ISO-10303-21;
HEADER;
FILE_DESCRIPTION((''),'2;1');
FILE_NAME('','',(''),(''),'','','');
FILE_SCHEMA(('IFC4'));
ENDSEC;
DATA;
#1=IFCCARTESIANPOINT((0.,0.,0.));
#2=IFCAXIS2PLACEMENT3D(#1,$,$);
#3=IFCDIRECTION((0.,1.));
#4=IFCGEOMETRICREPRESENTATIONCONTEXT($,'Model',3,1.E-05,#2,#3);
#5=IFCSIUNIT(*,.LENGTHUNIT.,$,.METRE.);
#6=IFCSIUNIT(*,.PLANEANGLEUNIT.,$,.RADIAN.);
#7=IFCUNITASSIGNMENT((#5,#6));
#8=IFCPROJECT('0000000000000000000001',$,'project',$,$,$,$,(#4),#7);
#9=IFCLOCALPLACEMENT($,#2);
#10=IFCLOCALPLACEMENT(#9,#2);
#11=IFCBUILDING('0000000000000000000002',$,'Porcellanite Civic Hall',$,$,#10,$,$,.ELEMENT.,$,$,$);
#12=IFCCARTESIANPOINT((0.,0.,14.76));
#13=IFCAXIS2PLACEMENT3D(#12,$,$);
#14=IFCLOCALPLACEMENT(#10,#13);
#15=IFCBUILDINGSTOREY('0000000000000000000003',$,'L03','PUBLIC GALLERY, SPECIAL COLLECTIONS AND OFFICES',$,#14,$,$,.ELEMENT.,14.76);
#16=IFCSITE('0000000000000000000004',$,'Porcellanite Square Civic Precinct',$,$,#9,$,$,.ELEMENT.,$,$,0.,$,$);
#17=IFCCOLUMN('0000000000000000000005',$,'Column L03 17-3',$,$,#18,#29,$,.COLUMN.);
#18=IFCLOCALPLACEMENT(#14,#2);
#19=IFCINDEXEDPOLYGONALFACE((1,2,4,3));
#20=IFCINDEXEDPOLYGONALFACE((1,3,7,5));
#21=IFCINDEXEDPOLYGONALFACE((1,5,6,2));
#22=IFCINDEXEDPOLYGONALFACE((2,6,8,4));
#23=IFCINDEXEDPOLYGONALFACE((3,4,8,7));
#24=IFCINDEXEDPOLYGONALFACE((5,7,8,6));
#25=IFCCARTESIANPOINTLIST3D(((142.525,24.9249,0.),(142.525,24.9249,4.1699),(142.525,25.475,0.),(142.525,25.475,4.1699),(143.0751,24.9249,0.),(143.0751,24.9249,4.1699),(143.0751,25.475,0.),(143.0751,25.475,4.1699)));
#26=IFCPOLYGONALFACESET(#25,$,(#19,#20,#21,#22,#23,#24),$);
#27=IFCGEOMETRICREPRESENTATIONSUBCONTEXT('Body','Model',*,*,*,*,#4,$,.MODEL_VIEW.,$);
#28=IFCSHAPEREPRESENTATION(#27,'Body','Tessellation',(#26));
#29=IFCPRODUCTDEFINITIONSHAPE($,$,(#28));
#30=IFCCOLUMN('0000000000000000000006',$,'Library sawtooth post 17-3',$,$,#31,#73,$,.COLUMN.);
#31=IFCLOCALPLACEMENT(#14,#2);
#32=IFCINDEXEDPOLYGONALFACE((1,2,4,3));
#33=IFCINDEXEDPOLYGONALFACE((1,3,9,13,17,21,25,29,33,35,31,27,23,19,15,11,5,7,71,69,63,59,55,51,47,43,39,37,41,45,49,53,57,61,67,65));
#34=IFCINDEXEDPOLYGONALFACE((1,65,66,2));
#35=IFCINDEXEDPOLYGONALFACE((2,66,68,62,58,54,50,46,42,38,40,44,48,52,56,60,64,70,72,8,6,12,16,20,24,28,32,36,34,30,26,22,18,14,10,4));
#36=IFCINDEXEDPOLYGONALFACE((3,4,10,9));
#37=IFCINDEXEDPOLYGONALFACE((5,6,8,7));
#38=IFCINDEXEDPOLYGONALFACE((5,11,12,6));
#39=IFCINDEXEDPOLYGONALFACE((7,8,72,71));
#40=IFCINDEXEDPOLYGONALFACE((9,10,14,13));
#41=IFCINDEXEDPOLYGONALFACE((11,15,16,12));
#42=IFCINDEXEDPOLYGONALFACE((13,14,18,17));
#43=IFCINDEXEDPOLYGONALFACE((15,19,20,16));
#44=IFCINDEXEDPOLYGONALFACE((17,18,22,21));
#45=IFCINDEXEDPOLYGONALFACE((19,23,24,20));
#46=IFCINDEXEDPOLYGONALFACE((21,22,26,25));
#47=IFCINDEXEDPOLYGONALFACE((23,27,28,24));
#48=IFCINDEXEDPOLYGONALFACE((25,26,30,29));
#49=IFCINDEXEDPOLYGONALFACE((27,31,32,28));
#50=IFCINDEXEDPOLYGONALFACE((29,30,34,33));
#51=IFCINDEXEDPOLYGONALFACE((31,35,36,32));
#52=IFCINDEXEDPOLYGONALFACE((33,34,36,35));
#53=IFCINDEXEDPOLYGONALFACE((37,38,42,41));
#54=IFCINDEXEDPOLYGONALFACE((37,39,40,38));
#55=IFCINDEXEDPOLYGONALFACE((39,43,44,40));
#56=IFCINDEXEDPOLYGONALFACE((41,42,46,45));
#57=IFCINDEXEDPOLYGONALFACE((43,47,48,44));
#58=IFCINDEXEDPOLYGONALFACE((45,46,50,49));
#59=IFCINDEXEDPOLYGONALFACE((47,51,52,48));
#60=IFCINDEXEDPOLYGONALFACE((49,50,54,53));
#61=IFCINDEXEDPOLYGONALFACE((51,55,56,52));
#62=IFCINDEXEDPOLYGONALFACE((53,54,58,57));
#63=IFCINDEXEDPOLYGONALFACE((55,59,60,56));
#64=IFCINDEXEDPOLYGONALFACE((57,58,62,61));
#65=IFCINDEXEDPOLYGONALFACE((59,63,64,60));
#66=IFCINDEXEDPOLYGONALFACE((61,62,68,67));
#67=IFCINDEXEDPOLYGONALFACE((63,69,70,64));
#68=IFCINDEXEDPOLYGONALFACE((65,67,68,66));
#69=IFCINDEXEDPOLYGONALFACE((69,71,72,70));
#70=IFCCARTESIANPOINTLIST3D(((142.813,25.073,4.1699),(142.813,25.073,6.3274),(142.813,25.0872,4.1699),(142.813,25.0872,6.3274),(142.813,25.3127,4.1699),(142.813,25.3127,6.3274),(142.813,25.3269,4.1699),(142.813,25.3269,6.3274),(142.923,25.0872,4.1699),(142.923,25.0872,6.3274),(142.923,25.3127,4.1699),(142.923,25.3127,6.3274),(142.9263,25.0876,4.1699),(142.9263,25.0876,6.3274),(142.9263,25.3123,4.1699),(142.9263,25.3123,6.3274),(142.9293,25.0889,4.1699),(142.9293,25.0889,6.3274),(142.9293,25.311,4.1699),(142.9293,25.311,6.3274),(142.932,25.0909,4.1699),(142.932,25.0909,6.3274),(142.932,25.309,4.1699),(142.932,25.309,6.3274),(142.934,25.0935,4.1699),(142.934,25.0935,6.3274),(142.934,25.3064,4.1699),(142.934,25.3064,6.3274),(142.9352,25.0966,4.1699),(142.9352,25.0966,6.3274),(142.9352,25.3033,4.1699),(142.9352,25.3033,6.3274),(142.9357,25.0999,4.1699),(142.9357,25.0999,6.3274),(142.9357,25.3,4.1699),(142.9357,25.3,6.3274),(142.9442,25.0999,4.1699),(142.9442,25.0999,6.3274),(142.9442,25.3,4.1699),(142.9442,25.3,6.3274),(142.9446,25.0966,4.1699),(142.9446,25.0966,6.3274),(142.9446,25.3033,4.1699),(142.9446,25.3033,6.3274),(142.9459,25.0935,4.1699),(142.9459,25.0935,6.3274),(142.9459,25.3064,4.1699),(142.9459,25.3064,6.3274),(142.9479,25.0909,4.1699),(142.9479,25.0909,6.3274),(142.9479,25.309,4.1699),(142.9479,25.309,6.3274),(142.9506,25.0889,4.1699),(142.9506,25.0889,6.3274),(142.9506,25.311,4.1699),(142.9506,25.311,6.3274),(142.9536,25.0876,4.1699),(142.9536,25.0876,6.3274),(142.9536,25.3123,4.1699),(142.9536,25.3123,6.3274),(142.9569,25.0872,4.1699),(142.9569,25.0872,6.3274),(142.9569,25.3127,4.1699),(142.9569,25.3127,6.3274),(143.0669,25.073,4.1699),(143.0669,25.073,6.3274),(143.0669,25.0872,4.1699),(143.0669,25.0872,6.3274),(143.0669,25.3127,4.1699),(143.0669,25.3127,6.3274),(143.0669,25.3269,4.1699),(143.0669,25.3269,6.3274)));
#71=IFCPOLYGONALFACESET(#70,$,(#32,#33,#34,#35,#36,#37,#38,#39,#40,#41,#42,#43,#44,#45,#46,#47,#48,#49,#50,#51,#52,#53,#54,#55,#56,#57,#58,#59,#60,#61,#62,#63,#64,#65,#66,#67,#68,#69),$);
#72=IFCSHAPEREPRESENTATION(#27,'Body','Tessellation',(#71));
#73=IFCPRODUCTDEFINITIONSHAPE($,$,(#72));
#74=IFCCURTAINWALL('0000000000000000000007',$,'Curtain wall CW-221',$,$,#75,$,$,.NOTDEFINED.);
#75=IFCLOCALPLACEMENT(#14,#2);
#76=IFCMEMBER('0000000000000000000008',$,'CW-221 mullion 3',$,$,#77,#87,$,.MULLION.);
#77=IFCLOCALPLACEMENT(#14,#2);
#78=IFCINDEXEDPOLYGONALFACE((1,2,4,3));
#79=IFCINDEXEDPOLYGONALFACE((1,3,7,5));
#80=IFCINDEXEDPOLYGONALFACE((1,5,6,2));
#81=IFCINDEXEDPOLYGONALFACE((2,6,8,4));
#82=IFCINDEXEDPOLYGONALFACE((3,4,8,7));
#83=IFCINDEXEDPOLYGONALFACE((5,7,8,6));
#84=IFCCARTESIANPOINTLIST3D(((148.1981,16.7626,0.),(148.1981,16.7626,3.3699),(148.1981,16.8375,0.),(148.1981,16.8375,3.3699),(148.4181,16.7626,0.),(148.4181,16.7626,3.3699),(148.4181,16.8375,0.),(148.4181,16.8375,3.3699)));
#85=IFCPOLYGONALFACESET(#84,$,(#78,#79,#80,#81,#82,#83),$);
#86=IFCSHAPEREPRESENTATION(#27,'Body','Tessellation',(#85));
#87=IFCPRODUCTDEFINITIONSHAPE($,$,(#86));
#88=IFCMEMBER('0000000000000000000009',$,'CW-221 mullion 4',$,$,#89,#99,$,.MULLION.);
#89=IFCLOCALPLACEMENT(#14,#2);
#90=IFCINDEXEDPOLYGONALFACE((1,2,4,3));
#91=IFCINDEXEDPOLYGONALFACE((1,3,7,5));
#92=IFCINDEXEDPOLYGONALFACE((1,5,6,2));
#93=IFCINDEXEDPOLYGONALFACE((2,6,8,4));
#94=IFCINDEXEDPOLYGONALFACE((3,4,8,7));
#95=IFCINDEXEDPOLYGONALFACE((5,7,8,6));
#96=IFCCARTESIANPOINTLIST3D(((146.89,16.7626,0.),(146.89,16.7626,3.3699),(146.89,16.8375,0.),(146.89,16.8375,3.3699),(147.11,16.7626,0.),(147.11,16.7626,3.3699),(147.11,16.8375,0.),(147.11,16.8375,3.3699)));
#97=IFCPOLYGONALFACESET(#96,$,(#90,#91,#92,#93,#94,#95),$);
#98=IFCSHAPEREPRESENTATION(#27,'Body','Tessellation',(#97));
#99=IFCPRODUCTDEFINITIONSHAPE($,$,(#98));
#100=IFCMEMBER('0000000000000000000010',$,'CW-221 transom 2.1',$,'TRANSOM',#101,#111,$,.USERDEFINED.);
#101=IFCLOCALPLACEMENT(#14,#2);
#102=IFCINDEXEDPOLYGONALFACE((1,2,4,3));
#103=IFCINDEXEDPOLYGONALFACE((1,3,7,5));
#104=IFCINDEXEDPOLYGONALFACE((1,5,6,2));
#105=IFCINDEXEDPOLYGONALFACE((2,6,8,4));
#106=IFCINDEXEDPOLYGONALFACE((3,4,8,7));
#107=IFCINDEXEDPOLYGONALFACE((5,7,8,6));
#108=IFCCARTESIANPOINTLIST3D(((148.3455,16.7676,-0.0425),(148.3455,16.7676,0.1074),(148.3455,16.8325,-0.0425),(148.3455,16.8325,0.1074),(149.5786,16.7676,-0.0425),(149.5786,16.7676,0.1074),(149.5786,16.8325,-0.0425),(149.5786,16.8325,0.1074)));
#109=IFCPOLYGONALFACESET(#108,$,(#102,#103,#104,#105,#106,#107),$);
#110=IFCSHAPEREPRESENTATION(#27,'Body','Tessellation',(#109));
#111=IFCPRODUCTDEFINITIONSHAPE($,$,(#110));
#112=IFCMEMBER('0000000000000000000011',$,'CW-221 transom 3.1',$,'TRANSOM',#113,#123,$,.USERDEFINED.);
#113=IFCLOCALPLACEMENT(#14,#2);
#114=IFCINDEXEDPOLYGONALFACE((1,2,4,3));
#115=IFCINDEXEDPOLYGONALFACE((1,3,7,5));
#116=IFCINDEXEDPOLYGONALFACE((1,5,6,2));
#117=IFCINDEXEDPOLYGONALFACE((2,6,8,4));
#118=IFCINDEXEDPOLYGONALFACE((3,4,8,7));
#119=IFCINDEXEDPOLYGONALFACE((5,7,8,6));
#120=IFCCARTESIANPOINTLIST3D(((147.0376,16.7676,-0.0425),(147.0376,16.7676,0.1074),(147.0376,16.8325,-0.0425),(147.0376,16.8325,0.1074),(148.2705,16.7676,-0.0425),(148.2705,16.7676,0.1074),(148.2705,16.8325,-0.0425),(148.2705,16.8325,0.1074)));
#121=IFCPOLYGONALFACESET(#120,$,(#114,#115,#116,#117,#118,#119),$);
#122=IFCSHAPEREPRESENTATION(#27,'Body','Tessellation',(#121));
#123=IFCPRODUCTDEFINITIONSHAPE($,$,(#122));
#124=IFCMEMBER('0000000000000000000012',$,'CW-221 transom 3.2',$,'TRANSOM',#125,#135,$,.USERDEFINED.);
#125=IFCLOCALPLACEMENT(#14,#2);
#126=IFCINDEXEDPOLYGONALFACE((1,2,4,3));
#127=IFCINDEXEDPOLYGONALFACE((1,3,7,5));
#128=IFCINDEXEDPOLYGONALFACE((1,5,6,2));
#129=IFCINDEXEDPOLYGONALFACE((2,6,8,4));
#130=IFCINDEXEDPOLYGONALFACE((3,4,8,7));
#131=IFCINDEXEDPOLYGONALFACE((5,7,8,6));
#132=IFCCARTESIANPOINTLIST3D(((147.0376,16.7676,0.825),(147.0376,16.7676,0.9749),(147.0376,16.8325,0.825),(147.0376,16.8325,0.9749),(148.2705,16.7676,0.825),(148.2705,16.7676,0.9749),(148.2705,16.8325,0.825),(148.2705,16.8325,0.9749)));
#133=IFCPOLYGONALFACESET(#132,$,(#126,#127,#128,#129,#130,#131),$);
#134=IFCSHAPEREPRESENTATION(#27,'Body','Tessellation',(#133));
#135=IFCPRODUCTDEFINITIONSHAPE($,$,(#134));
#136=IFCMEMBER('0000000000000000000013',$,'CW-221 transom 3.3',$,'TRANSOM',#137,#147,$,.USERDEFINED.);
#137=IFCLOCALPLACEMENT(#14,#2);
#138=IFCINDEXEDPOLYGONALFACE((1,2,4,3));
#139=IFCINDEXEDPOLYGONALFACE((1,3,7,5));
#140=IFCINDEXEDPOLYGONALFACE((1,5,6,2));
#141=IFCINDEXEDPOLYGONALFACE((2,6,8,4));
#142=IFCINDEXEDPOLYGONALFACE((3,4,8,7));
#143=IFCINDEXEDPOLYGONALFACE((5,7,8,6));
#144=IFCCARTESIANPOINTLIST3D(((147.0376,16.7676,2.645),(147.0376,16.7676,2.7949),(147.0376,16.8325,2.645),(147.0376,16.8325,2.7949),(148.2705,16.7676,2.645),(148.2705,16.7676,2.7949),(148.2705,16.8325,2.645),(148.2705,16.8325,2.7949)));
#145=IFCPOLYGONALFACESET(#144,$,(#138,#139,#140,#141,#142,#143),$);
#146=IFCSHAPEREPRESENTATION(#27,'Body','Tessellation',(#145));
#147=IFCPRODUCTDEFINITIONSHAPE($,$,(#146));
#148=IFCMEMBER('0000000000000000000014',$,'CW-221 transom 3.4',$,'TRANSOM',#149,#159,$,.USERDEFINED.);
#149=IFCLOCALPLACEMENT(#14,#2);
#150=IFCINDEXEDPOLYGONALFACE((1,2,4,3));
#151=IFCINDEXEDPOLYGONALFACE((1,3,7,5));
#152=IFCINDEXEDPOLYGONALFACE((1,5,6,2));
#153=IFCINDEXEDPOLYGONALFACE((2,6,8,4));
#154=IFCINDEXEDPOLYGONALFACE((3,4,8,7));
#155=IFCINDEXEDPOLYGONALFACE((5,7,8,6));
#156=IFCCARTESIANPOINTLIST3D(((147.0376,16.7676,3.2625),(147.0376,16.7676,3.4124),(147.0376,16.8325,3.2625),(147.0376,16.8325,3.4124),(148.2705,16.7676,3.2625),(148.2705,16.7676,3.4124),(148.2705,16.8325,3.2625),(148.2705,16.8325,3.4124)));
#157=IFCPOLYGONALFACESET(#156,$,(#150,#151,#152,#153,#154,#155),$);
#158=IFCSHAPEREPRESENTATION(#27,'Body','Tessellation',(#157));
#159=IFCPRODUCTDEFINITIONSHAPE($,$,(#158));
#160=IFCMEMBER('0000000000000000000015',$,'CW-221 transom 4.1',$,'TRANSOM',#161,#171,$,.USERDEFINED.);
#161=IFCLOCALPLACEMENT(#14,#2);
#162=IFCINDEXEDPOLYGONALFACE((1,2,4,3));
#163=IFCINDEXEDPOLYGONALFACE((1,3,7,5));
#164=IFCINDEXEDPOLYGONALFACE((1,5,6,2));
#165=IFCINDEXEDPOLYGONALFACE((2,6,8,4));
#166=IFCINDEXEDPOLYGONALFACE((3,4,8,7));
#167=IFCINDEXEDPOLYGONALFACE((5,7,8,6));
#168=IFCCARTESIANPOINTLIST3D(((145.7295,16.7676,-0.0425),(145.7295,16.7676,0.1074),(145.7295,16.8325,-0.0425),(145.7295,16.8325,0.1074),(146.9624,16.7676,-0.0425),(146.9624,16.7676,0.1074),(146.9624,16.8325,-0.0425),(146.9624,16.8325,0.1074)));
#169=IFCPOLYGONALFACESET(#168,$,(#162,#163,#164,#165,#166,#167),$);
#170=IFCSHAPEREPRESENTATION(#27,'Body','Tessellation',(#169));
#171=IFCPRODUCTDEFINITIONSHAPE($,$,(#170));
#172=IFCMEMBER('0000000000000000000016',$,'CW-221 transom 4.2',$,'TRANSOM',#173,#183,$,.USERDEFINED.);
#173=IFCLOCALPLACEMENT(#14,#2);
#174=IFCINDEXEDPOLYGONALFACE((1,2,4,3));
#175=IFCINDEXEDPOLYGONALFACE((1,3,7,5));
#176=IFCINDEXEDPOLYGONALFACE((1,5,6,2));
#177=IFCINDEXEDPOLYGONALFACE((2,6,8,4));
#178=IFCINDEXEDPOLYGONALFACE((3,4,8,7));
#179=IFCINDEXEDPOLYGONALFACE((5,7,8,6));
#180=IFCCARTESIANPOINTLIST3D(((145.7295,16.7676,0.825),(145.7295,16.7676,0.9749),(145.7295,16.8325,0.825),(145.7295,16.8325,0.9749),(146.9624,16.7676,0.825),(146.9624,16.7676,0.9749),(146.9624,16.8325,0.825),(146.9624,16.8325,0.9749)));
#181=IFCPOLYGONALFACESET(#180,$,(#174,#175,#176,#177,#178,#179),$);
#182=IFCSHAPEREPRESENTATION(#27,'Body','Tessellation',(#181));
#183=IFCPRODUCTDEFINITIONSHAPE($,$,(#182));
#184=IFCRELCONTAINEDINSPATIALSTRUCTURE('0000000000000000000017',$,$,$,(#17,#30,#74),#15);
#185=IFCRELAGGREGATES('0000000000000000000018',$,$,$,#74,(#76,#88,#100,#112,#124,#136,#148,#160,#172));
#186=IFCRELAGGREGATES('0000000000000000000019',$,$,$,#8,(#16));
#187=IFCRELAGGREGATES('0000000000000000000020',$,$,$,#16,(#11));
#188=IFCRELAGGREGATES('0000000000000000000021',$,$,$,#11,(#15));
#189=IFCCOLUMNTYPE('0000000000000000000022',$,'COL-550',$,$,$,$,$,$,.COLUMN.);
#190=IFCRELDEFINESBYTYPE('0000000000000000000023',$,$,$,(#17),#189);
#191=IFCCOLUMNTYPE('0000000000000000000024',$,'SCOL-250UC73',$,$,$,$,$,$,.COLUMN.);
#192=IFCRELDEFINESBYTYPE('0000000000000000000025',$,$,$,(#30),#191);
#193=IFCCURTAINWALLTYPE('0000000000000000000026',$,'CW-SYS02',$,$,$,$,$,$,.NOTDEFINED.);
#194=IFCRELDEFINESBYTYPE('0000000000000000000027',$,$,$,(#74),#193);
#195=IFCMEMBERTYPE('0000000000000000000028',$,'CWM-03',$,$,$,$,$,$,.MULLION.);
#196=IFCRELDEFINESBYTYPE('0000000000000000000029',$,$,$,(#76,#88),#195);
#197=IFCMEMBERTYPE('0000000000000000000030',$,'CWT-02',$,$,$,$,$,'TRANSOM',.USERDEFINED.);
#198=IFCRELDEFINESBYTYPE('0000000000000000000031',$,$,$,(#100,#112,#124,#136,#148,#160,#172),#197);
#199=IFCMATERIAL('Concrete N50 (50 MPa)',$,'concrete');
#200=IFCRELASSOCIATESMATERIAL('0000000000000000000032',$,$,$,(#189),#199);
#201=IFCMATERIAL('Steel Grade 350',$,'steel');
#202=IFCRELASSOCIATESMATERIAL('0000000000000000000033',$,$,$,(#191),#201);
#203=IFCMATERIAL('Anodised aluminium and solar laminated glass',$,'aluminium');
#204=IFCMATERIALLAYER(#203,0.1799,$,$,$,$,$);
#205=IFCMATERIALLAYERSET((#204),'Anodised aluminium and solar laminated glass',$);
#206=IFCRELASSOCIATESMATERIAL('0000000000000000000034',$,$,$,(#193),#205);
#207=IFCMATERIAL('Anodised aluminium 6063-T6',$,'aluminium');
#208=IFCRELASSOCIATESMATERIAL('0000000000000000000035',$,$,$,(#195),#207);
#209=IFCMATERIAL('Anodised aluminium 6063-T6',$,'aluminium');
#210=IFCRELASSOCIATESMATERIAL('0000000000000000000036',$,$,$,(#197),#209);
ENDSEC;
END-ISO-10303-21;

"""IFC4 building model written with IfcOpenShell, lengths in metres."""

from ifc_helpers import new_model, si_unit, direction, frame, origin, origin_2d, place, context, subcontext, project, spatial, rectangle, i_section, extrude, material, layer, layer_set, material_profile, profile_set, type_object, element, aggregate, save


model = new_model("IFC4")

# Units and contexts
model_context = context("Model", 3, precision=1e-05, world=origin(), true_north=direction((0.0, 1.0)))
body_context = subcontext(model_context, "Body", "Model", "MODEL_VIEW")
ifc_project = project(units=[si_unit("LENGTHUNIT", "METRE"), si_unit("PLANEANGLEUNIT", "RADIAN")], contexts=[model_context])

# Site, building, storey
site_placement = place(None, origin())
site = spatial("IfcSite", under=ifc_project, at=site_placement, Name="Porcellanite Square Civic Precinct", CompositionType="ELEMENT", RefElevation=0.0)
building_placement = place(site_placement, origin())
building = spatial("IfcBuilding", under=site, at=building_placement, Name="Porcellanite Civic Hall", CompositionType="ELEMENT")
storey_placement = place(building_placement, frame((0.0, 0.0, 14.76)))
storey = spatial("IfcBuildingStorey", under=building, at=storey_placement, Name="L03", Description="PUBLIC GALLERY, SPECIAL COLLECTIONS AND OFFICES", CompositionType="ELEMENT", Elevation=14.76)

# Columns
ifc_material_1 = material(Name="Concrete N50 (50 MPa)", Category="concrete")
ifc_material_profile_1 = material_profile(ifc_material_1, rectangle(XDim=0.55, YDim=0.55, at=origin_2d()), Name="RC-550x550")
ifc_profile_set_1 = profile_set([ifc_material_profile_1], Name="Concrete N50 (50 MPa)")
column_type_1 = type_object("IfcColumnType", Name="COL-550", PredefinedType="COLUMN", material=ifc_profile_set_1)
column_1_placement = place(storey_placement, frame((142.8, 25.2, 0.0), z_axis=(0.0, 0.0, 1.0), x_axis=(1.0, 0.0, 0.0)))
element("IfcColumn", 1, at=column_1_placement, inside=storey, type_object=column_type_1, Name="Column L03 17-3", PredefinedType="COLUMN", context=body_context, shape_type="SweptSolid", body=[
    extrude(rectangle(XDim=0.55, YDim=0.55, at=origin_2d()), origin(), (0.0, 0.0, 1.0), 4.1699),
])
ifc_material_2 = material(Name="Steel Grade 350", Category="steel")
ifc_material_profile_2 = material_profile(ifc_material_2, i_section(OverallWidth=0.2539, OverallDepth=0.2539, WebThickness=0.0085, FlangeThickness=0.0142, FilletRadius=0.0127, at=origin_2d()), Name="250UC72.9")
ifc_profile_set_2 = profile_set([ifc_material_profile_2], Name="Steel Grade 350")
column_type_2 = type_object("IfcColumnType", Name="SCOL-250UC73", PredefinedType="COLUMN", material=ifc_profile_set_2)
column_2_placement = place(storey_placement, frame((142.9399, 25.2, 4.1699), z_axis=(0.0, 0.0, 1.0), x_axis=(1.0, 0.0, 0.0)))
element("IfcColumn", 2, at=column_2_placement, inside=storey, type_object=column_type_2, Name="Library sawtooth post 17-3", PredefinedType="COLUMN", context=body_context, shape_type="SweptSolid", body=[
    extrude(i_section(OverallWidth=0.2539, OverallDepth=0.2539, WebThickness=0.0085, FlangeThickness=0.0142, FilletRadius=0.0127, at=origin_2d()), origin(), (0.0, 0.0, 1.0), 2.1575),
])

# Curtain wall, members
ifc_material_3 = material(Name="Anodised aluminium and solar laminated glass", Category="aluminium")
ifc_layer_1 = layer(ifc_material_3, 0.1799)
ifc_layer_set_1 = layer_set([ifc_layer_1], Name="Anodised aluminium and solar laminated glass")
curtain_wall_type = type_object("IfcCurtainWallType", Name="CW-SYS02", PredefinedType="NOTDEFINED", material=ifc_layer_set_1)
curtain_wall_placement = place(storey_placement, origin())
curtain_wall = element("IfcCurtainWall", 3, at=curtain_wall_placement, inside=storey, type_object=curtain_wall_type, Name="Curtain wall CW-221", PredefinedType="NOTDEFINED")
ifc_material_4 = material(Name="Anodised aluminium 6063-T6", Category="aluminium")
ifc_material_profile_3 = material_profile(ifc_material_4, rectangle(XDim=0.075, YDim=0.22, at=origin_2d()), Name="AL-75x220")
ifc_profile_set_3 = profile_set([ifc_material_profile_3], Name="Anodised aluminium 6063-T6")
member_type_1 = type_object("IfcMemberType", Name="CWM-03", PredefinedType="MULLION", material=ifc_profile_set_3)
member_1_placement = place(storey_placement, frame((148.3081, 16.8, 0.0), z_axis=(0.0, 0.0, 1.0), x_axis=(0.0, -1.0, 0.0)))
member_1 = element("IfcMember", 4, at=member_1_placement, type_object=member_type_1, Name="CW-221 mullion 3", PredefinedType="MULLION", context=body_context, shape_type="SweptSolid", body=[
    extrude(rectangle(XDim=0.075, YDim=0.22, at=origin_2d()), origin(), (0.0, 0.0, 1.0), 3.3699),
])
member_2_placement = place(storey_placement, frame((147.0, 16.8, 0.0), z_axis=(0.0, 0.0, 1.0), x_axis=(0.0, -1.0, 0.0)))
member_2 = element("IfcMember", 5, at=member_2_placement, type_object=member_type_1, Name="CW-221 mullion 4", PredefinedType="MULLION", context=body_context, shape_type="SweptSolid", body=[
    extrude(rectangle(XDim=0.075, YDim=0.22, at=origin_2d()), origin(), (0.0, 0.0, 1.0), 3.3699),
])
ifc_material_5 = material(Name="Anodised aluminium 6063-T6", Category="aluminium")
ifc_material_profile_4 = material_profile(ifc_material_5, rectangle(XDim=0.0649, YDim=0.1499, at=origin_2d()), Name="AL-65x150")
ifc_profile_set_4 = profile_set([ifc_material_profile_4], Name="Anodised aluminium 6063-T6")
member_type_2 = type_object("IfcMemberType", Name="CWT-02", ElementType="TRANSOM", PredefinedType="USERDEFINED", material=ifc_profile_set_4)
member_3_placement = place(storey_placement, frame((149.5786, 16.8, 0.0325), z_axis=(-1.0, 0.0, 0.0), x_axis=(0.0, -1.0, 0.0)))
member_3 = element("IfcMember", 6, at=member_3_placement, type_object=member_type_2, Name="CW-221 transom 2.1", ObjectType="TRANSOM", PredefinedType="USERDEFINED", context=body_context, shape_type="SweptSolid", body=[
    extrude(rectangle(XDim=0.0649, YDim=0.1499, at=origin_2d()), origin(), (0.0, 0.0, 1.0), 1.2332),
])
member_4_placement = place(storey_placement, frame((148.2705, 16.8, 0.0325), z_axis=(-1.0, 0.0, 0.0), x_axis=(0.0, -1.0, 0.0)))
member_4 = element("IfcMember", 7, at=member_4_placement, type_object=member_type_2, Name="CW-221 transom 3.1", ObjectType="TRANSOM", PredefinedType="USERDEFINED", context=body_context, shape_type="SweptSolid", body=[
    extrude(rectangle(XDim=0.0649, YDim=0.1499, at=origin_2d()), origin(), (0.0, 0.0, 1.0), 1.2329),
])
member_5_placement = place(storey_placement, frame((148.2705, 16.8, 0.8999), z_axis=(-1.0, 0.0, 0.0), x_axis=(0.0, -1.0, 0.0)))
member_5 = element("IfcMember", 8, at=member_5_placement, type_object=member_type_2, Name="CW-221 transom 3.2", ObjectType="TRANSOM", PredefinedType="USERDEFINED", context=body_context, shape_type="SweptSolid", body=[
    extrude(rectangle(XDim=0.0649, YDim=0.1499, at=origin_2d()), origin(), (0.0, 0.0, 1.0), 1.2329),
])
member_6_placement = place(storey_placement, frame((148.2705, 16.8, 2.72), z_axis=(-1.0, 0.0, 0.0), x_axis=(0.0, -1.0, 0.0)))
member_6 = element("IfcMember", 9, at=member_6_placement, type_object=member_type_2, Name="CW-221 transom 3.3", ObjectType="TRANSOM", PredefinedType="USERDEFINED", context=body_context, shape_type="SweptSolid", body=[
    extrude(rectangle(XDim=0.0649, YDim=0.1499, at=origin_2d()), origin(), (0.0, 0.0, 1.0), 1.2329),
])
member_7_placement = place(storey_placement, frame((148.2705, 16.8, 3.3374), z_axis=(-1.0, 0.0, 0.0), x_axis=(0.0, -1.0, 0.0)))
member_7 = element("IfcMember", 10, at=member_7_placement, type_object=member_type_2, Name="CW-221 transom 3.4", ObjectType="TRANSOM", PredefinedType="USERDEFINED", context=body_context, shape_type="SweptSolid", body=[
    extrude(rectangle(XDim=0.0649, YDim=0.1499, at=origin_2d()), origin(), (0.0, 0.0, 1.0), 1.2329),
])
member_8_placement = place(storey_placement, frame((146.9624, 16.8, 0.0325), z_axis=(-1.0, 0.0, 0.0), x_axis=(0.0, -1.0, 0.0)))
member_8 = element("IfcMember", 11, at=member_8_placement, type_object=member_type_2, Name="CW-221 transom 4.1", ObjectType="TRANSOM", PredefinedType="USERDEFINED", context=body_context, shape_type="SweptSolid", body=[
    extrude(rectangle(XDim=0.0649, YDim=0.1499, at=origin_2d()), origin(), (0.0, 0.0, 1.0), 1.2329),
])
member_9_placement = place(storey_placement, frame((146.9624, 16.8, 0.8999), z_axis=(-1.0, 0.0, 0.0), x_axis=(0.0, -1.0, 0.0)))
member_9 = element("IfcMember", 12, at=member_9_placement, type_object=member_type_2, Name="CW-221 transom 4.2", ObjectType="TRANSOM", PredefinedType="USERDEFINED", context=body_context, shape_type="SweptSolid", body=[
    extrude(rectangle(XDim=0.0649, YDim=0.1499, at=origin_2d()), origin(), (0.0, 0.0, 1.0), 1.2329),
])

aggregate(curtain_wall, [member_1, member_2, member_3, member_4, member_5, member_6, member_7, member_8, member_9])

save(model, "model.ifc")
